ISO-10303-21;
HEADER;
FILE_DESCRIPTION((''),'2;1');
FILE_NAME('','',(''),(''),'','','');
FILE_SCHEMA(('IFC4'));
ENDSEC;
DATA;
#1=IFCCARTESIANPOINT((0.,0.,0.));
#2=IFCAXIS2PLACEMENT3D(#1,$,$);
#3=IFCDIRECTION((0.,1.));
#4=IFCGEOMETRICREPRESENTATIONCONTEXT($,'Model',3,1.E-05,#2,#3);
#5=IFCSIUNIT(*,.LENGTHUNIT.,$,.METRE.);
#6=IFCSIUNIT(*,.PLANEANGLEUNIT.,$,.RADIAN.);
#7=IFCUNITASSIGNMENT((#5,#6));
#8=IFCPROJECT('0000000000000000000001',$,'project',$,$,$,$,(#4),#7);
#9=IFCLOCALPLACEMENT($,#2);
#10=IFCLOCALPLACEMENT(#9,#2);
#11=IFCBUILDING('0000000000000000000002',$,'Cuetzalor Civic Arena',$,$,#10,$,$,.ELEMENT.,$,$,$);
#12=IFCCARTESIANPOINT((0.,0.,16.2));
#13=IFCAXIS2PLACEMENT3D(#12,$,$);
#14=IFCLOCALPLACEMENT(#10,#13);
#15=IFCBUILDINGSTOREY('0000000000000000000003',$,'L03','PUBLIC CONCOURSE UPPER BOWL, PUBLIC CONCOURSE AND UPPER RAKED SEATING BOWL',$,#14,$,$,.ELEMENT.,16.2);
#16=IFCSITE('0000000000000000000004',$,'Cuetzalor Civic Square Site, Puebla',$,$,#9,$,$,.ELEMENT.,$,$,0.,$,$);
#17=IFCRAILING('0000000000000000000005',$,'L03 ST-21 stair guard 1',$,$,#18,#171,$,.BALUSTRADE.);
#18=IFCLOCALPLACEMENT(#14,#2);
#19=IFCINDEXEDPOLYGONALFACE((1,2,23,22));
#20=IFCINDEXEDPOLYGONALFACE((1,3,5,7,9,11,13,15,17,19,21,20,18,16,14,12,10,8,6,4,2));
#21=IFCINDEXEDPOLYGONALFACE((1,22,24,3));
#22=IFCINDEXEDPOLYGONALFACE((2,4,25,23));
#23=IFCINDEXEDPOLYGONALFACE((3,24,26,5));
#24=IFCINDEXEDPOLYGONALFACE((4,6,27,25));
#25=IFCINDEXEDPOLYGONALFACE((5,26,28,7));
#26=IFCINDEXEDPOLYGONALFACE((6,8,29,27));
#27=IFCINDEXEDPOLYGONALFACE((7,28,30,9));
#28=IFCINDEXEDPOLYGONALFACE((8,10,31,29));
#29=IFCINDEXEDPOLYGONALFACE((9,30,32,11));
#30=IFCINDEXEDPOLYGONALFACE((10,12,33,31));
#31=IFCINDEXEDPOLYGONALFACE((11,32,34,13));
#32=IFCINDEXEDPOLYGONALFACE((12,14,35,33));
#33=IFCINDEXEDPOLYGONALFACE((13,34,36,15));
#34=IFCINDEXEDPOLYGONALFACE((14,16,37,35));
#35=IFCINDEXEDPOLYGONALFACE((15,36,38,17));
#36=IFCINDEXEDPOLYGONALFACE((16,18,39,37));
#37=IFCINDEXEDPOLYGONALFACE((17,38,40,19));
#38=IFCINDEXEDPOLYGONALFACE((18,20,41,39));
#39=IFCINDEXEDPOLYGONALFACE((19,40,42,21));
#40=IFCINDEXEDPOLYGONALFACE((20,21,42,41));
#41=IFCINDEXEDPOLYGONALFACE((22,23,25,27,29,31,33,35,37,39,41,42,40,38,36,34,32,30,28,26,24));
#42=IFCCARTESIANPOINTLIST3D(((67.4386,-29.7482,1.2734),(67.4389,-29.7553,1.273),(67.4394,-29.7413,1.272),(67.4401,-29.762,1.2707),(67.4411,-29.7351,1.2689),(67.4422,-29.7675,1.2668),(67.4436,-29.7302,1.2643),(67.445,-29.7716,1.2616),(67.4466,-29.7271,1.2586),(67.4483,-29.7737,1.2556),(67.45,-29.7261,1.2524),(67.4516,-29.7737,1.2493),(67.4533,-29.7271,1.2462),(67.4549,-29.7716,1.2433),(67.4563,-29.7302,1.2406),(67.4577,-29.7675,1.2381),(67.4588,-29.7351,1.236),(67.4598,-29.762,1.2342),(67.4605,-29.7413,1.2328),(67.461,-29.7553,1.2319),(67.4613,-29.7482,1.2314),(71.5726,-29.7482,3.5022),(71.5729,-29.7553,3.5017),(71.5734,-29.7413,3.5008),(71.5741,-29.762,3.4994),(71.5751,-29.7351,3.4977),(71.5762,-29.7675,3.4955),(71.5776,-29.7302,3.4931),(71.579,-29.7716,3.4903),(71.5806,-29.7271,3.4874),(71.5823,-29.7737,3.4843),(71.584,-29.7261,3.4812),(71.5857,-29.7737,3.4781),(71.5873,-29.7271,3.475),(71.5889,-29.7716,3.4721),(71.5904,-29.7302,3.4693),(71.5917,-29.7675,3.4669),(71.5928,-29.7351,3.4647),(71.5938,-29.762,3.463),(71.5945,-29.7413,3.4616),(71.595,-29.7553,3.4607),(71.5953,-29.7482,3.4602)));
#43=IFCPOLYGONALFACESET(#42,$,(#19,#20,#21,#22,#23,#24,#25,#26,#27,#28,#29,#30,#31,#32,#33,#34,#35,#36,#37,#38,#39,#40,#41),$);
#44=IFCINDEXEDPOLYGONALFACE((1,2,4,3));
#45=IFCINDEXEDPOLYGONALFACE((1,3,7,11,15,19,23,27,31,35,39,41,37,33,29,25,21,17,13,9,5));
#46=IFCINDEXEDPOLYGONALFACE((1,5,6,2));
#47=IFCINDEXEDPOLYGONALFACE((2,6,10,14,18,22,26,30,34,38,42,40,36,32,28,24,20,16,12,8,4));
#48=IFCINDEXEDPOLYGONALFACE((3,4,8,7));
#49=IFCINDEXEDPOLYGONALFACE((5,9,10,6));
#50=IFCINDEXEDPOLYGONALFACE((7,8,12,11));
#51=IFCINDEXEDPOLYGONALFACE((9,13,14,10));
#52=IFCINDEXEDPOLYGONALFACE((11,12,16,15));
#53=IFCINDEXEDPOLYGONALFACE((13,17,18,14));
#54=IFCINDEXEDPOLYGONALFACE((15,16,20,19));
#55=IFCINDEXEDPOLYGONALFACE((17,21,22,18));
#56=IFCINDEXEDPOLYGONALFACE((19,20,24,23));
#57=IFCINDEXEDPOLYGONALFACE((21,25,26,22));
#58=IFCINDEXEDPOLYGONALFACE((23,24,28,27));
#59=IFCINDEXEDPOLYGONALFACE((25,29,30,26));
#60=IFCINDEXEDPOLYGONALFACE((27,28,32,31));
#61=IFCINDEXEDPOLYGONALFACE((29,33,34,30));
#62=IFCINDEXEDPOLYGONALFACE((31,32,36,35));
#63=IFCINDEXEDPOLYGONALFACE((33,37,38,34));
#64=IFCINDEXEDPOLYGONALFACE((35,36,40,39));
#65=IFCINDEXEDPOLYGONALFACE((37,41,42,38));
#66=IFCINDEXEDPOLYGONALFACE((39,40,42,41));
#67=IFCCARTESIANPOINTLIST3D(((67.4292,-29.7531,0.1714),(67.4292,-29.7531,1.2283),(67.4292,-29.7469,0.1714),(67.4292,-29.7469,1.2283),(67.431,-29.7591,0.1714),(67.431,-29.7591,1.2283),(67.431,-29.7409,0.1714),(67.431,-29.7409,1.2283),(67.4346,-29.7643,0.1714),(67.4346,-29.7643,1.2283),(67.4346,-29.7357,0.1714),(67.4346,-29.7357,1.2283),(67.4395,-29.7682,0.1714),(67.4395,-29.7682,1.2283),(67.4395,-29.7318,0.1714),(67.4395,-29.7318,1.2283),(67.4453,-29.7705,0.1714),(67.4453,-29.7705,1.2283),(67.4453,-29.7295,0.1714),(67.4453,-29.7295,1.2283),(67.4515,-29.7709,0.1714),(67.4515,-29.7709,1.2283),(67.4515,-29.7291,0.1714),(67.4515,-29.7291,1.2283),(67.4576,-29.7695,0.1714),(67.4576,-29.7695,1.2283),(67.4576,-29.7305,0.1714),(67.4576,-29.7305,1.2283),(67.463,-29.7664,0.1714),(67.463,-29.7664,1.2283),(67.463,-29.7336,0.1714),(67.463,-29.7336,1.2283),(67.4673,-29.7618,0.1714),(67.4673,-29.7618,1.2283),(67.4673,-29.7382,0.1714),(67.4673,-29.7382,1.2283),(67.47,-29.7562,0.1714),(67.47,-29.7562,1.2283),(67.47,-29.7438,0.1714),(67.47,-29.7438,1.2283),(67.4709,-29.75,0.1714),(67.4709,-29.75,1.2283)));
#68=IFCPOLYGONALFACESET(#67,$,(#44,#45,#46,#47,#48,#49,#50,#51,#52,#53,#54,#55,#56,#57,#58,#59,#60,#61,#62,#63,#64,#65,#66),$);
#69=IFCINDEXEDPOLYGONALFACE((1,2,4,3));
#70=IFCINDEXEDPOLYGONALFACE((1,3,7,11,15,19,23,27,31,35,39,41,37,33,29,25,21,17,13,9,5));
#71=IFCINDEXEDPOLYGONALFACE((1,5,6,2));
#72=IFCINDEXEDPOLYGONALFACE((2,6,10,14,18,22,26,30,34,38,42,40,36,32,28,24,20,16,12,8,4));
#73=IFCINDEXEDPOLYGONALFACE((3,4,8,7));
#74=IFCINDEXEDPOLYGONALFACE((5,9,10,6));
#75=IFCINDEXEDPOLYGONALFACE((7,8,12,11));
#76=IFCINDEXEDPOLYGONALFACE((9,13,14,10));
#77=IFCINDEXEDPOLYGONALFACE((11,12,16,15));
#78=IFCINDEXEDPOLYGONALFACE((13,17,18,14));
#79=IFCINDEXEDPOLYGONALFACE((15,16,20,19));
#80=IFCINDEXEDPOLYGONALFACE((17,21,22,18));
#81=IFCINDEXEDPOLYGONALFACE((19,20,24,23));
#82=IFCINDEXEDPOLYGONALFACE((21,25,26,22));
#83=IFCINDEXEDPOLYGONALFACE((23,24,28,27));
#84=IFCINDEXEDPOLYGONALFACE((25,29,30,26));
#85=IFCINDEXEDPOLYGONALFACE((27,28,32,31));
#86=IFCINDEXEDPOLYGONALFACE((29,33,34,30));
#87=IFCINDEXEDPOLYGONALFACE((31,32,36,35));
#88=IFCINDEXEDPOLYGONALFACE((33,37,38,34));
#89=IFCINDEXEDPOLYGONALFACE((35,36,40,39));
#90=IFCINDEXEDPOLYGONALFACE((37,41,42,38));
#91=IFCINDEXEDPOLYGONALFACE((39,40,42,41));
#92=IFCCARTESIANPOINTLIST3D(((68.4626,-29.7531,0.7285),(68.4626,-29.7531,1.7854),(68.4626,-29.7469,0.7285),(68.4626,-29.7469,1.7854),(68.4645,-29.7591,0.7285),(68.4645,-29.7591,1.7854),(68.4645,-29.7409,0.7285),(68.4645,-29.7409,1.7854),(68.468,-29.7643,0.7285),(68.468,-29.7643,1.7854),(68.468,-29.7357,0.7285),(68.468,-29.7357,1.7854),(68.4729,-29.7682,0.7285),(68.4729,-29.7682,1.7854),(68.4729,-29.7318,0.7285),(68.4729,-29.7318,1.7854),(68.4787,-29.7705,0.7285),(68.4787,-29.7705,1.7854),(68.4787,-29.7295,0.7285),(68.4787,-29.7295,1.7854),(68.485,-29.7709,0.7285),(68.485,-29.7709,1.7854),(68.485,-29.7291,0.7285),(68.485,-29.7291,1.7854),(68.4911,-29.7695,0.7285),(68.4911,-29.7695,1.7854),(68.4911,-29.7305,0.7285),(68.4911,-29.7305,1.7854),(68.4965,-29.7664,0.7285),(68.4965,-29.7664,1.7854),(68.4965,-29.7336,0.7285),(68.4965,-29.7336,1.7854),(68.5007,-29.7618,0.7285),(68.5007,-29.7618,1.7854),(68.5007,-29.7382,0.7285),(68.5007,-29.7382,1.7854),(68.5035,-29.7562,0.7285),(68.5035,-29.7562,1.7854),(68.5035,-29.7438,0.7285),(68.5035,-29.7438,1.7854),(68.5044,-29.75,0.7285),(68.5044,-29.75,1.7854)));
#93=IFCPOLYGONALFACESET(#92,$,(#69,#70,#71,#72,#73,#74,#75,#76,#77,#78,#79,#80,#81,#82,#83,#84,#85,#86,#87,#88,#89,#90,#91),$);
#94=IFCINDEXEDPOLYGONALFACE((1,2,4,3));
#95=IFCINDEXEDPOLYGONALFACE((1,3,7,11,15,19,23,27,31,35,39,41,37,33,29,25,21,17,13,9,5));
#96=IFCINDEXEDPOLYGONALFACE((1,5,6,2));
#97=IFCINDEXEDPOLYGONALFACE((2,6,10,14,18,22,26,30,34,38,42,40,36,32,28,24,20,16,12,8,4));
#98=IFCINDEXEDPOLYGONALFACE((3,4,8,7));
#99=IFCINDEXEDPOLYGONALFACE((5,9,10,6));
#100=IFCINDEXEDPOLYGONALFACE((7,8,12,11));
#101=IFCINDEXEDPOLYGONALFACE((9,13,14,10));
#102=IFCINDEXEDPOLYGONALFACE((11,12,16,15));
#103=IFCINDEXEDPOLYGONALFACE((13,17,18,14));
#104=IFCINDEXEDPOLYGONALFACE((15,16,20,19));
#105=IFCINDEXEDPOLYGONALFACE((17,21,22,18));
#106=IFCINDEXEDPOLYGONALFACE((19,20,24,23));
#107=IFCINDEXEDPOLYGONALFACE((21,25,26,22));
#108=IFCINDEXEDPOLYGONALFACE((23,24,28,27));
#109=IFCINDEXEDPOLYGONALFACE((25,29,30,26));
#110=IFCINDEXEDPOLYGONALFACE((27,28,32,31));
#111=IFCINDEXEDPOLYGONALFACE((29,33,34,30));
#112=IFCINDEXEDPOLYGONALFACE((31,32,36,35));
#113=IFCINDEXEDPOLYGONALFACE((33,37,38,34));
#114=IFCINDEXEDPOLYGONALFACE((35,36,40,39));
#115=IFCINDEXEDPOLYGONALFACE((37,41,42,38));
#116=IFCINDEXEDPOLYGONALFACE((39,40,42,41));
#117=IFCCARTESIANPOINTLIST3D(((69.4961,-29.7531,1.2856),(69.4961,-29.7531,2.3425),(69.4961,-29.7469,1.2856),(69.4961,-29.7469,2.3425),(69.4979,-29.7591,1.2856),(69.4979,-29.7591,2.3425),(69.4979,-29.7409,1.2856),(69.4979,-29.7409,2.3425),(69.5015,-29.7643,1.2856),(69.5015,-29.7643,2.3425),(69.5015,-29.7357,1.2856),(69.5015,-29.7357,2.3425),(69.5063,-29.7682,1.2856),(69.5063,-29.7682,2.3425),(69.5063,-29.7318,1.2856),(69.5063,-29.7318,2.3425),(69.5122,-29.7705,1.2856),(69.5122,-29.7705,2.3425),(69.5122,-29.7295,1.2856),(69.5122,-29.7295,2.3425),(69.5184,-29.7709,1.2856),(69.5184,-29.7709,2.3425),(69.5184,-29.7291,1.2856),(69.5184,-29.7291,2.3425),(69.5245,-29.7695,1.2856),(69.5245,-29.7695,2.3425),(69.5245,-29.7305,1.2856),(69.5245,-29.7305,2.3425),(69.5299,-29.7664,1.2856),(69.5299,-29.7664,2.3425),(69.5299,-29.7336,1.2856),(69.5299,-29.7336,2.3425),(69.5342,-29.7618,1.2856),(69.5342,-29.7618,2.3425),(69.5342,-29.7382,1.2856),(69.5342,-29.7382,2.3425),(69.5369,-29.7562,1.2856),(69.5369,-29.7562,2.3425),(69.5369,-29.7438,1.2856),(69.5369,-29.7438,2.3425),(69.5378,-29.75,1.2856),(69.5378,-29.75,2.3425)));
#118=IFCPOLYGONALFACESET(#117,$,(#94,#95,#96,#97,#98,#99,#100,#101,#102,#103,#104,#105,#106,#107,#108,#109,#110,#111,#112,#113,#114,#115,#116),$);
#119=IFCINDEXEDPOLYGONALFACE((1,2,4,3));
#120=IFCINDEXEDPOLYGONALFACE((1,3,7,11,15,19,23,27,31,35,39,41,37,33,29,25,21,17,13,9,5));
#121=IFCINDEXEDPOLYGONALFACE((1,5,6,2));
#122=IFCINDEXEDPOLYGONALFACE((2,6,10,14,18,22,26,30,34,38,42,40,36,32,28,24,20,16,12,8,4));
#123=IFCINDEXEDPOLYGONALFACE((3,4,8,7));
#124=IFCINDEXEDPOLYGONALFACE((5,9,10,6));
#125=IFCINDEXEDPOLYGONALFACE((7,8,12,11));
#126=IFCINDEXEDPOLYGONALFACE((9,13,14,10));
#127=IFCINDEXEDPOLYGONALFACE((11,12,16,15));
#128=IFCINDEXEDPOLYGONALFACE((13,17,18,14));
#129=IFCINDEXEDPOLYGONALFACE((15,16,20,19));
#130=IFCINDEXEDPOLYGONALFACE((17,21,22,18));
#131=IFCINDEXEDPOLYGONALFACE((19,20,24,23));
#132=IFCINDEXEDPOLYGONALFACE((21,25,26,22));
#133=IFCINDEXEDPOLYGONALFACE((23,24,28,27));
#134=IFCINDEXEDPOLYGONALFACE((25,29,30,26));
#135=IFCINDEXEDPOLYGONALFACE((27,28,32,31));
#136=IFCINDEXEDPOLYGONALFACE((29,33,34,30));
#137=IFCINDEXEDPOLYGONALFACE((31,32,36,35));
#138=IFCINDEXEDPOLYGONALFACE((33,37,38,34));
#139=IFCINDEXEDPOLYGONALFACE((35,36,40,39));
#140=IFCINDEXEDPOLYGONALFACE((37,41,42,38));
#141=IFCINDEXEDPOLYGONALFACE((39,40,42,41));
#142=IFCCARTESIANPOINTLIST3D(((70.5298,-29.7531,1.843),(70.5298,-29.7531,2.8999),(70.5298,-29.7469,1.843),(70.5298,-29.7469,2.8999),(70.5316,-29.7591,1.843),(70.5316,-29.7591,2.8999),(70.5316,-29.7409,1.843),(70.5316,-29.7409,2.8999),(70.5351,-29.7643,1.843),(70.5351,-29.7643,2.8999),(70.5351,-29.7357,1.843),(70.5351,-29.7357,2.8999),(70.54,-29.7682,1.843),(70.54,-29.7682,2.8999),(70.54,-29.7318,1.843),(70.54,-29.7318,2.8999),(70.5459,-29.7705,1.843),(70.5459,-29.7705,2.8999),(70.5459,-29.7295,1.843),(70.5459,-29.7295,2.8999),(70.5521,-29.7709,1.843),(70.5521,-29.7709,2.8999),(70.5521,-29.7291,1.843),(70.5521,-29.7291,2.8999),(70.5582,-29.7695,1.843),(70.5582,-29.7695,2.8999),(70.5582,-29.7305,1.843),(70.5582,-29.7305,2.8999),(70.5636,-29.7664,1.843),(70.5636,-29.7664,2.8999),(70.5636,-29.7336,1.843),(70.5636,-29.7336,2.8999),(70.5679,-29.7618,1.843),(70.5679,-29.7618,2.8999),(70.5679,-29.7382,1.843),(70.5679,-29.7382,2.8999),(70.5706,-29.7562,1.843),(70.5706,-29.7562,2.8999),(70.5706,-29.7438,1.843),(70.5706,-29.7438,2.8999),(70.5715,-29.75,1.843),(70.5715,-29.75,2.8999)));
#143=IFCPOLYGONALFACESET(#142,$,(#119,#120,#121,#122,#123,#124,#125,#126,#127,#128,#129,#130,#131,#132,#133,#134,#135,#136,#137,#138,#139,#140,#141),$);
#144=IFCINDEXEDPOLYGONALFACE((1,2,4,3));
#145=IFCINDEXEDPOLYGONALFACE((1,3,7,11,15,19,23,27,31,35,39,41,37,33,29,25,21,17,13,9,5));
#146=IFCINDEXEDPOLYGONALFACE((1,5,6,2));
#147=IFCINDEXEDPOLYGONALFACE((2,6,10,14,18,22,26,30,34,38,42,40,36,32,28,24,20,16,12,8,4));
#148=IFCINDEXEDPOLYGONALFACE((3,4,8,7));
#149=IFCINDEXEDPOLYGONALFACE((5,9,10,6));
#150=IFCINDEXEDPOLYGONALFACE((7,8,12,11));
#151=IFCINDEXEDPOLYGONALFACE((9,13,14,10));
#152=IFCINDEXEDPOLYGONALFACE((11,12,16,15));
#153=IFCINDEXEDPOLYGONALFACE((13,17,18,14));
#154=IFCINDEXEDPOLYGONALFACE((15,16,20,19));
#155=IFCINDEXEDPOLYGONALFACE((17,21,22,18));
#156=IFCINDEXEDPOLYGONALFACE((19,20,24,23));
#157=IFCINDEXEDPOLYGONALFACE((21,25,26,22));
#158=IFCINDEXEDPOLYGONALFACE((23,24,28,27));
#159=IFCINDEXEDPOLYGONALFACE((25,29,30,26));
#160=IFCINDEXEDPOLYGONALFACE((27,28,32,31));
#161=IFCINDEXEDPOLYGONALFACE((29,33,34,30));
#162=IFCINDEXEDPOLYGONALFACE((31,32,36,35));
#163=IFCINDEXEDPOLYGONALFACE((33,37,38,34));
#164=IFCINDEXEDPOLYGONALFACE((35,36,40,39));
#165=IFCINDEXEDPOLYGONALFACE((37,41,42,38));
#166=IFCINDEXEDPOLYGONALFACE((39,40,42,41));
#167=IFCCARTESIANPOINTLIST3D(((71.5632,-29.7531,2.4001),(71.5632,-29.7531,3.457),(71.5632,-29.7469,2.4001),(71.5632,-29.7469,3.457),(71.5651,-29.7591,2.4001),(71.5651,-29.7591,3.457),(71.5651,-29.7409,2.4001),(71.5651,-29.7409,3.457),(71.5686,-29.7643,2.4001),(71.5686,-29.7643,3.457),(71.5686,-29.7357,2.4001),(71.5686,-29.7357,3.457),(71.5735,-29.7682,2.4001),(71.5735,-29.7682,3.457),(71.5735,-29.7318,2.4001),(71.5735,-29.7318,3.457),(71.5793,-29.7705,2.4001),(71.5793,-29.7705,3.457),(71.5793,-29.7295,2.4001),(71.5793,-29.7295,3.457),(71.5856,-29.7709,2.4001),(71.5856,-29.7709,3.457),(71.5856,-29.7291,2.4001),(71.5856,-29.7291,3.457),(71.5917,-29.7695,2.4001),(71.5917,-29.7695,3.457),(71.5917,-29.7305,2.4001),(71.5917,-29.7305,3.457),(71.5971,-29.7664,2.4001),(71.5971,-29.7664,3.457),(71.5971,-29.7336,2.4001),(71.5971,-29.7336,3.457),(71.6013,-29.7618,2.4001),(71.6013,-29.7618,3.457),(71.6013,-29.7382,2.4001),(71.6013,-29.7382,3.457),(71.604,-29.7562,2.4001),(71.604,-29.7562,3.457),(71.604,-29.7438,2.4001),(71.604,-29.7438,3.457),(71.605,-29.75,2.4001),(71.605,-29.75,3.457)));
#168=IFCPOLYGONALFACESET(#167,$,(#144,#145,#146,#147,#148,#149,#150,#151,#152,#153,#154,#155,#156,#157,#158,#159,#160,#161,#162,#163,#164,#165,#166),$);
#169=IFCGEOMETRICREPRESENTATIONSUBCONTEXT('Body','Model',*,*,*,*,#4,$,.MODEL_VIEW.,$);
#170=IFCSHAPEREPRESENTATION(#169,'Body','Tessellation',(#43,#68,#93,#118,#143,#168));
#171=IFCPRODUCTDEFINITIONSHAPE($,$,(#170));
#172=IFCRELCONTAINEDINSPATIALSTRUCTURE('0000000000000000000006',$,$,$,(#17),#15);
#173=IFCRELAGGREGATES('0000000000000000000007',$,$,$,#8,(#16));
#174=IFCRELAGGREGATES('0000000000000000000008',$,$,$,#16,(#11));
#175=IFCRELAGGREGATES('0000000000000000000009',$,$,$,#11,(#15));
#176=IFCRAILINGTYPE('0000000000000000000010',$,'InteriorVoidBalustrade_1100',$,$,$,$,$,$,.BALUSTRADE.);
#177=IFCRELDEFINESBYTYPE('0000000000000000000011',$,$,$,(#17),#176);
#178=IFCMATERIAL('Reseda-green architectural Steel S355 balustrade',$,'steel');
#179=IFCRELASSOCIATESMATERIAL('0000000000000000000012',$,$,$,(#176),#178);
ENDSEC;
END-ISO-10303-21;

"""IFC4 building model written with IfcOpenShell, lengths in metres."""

from ifc_helpers import new_model, si_unit, direction, frame, origin, origin_2d, place, context, subcontext, project, spatial, circle, extrude, material, type_object, element, save


model = new_model("IFC4")

# Units and contexts
model_context = context("Model", 3, precision=1e-05, world=origin(), true_north=direction((0.0, 1.0)))
body_context = subcontext(model_context, "Body", "Model", "MODEL_VIEW")
ifc_project = project(units=[si_unit("LENGTHUNIT", "METRE"), si_unit("PLANEANGLEUNIT", "RADIAN")], contexts=[model_context])

# Site, building, storey
site_placement = place(None, origin())
site = spatial("IfcSite", under=ifc_project, at=site_placement, Name="Cuetzalor Civic Square Site, Puebla", CompositionType="ELEMENT", RefElevation=0.0)
building_placement = place(site_placement, origin())
building = spatial("IfcBuilding", under=site, at=building_placement, Name="Cuetzalor Civic Arena", CompositionType="ELEMENT")
storey_placement = place(building_placement, frame((0.0, 0.0, 16.2)))
storey = spatial("IfcBuildingStorey", under=building, at=storey_placement, Name="L03", Description="PUBLIC CONCOURSE UPPER BOWL, PUBLIC CONCOURSE AND UPPER RAKED SEATING BOWL", CompositionType="ELEMENT", Elevation=16.2)

# Railing
ifc_material_1 = material(Name="Reseda-green architectural Steel S355 balustrade", Category="steel")
railing_type = type_object("IfcRailingType", Name="InteriorVoidBalustrade_1100", PredefinedType="BALUSTRADE", material=ifc_material_1)
railing_1_placement = place(storey_placement, frame((67.45, -29.75, 0.1714)))
element("IfcRailing", 1, at=railing_1_placement, inside=storey, type_object=railing_type, Name="L03 ST-21 stair guard 1", PredefinedType="BALUSTRADE", context=body_context, shape_type="SweptSolid", body=[
    extrude(circle(Radius=0.0239, at=origin_2d()), frame((0.0, 0.0, 1.0811), z_axis=(0.880227, 0.0, 0.474552), x_axis=(0.0, 1.0, 0.0)), (0.0, 0.0, 1.0), 4.6965),
    extrude(circle(Radius=0.021, at=origin_2d()), origin(), (0.0, 0.0, 1.0), 1.0569),
    extrude(circle(Radius=0.021, at=origin_2d()), frame((1.0334, 0.0, 0.5571)), (0.0, 0.0, 1.0), 1.0569),
    extrude(circle(Radius=0.021, at=origin_2d()), frame((2.0669, 0.0, 1.1143)), (0.0, 0.0, 1.0), 1.0569),
    extrude(circle(Radius=0.021, at=origin_2d()), frame((3.1006, 0.0, 1.6716)), (0.0, 0.0, 1.0), 1.0569),
    extrude(circle(Radius=0.021, at=origin_2d()), frame((4.134, 0.0, 2.2288)), (0.0, 0.0, 1.0), 1.0569),
])

save(model, "model.ifc")
